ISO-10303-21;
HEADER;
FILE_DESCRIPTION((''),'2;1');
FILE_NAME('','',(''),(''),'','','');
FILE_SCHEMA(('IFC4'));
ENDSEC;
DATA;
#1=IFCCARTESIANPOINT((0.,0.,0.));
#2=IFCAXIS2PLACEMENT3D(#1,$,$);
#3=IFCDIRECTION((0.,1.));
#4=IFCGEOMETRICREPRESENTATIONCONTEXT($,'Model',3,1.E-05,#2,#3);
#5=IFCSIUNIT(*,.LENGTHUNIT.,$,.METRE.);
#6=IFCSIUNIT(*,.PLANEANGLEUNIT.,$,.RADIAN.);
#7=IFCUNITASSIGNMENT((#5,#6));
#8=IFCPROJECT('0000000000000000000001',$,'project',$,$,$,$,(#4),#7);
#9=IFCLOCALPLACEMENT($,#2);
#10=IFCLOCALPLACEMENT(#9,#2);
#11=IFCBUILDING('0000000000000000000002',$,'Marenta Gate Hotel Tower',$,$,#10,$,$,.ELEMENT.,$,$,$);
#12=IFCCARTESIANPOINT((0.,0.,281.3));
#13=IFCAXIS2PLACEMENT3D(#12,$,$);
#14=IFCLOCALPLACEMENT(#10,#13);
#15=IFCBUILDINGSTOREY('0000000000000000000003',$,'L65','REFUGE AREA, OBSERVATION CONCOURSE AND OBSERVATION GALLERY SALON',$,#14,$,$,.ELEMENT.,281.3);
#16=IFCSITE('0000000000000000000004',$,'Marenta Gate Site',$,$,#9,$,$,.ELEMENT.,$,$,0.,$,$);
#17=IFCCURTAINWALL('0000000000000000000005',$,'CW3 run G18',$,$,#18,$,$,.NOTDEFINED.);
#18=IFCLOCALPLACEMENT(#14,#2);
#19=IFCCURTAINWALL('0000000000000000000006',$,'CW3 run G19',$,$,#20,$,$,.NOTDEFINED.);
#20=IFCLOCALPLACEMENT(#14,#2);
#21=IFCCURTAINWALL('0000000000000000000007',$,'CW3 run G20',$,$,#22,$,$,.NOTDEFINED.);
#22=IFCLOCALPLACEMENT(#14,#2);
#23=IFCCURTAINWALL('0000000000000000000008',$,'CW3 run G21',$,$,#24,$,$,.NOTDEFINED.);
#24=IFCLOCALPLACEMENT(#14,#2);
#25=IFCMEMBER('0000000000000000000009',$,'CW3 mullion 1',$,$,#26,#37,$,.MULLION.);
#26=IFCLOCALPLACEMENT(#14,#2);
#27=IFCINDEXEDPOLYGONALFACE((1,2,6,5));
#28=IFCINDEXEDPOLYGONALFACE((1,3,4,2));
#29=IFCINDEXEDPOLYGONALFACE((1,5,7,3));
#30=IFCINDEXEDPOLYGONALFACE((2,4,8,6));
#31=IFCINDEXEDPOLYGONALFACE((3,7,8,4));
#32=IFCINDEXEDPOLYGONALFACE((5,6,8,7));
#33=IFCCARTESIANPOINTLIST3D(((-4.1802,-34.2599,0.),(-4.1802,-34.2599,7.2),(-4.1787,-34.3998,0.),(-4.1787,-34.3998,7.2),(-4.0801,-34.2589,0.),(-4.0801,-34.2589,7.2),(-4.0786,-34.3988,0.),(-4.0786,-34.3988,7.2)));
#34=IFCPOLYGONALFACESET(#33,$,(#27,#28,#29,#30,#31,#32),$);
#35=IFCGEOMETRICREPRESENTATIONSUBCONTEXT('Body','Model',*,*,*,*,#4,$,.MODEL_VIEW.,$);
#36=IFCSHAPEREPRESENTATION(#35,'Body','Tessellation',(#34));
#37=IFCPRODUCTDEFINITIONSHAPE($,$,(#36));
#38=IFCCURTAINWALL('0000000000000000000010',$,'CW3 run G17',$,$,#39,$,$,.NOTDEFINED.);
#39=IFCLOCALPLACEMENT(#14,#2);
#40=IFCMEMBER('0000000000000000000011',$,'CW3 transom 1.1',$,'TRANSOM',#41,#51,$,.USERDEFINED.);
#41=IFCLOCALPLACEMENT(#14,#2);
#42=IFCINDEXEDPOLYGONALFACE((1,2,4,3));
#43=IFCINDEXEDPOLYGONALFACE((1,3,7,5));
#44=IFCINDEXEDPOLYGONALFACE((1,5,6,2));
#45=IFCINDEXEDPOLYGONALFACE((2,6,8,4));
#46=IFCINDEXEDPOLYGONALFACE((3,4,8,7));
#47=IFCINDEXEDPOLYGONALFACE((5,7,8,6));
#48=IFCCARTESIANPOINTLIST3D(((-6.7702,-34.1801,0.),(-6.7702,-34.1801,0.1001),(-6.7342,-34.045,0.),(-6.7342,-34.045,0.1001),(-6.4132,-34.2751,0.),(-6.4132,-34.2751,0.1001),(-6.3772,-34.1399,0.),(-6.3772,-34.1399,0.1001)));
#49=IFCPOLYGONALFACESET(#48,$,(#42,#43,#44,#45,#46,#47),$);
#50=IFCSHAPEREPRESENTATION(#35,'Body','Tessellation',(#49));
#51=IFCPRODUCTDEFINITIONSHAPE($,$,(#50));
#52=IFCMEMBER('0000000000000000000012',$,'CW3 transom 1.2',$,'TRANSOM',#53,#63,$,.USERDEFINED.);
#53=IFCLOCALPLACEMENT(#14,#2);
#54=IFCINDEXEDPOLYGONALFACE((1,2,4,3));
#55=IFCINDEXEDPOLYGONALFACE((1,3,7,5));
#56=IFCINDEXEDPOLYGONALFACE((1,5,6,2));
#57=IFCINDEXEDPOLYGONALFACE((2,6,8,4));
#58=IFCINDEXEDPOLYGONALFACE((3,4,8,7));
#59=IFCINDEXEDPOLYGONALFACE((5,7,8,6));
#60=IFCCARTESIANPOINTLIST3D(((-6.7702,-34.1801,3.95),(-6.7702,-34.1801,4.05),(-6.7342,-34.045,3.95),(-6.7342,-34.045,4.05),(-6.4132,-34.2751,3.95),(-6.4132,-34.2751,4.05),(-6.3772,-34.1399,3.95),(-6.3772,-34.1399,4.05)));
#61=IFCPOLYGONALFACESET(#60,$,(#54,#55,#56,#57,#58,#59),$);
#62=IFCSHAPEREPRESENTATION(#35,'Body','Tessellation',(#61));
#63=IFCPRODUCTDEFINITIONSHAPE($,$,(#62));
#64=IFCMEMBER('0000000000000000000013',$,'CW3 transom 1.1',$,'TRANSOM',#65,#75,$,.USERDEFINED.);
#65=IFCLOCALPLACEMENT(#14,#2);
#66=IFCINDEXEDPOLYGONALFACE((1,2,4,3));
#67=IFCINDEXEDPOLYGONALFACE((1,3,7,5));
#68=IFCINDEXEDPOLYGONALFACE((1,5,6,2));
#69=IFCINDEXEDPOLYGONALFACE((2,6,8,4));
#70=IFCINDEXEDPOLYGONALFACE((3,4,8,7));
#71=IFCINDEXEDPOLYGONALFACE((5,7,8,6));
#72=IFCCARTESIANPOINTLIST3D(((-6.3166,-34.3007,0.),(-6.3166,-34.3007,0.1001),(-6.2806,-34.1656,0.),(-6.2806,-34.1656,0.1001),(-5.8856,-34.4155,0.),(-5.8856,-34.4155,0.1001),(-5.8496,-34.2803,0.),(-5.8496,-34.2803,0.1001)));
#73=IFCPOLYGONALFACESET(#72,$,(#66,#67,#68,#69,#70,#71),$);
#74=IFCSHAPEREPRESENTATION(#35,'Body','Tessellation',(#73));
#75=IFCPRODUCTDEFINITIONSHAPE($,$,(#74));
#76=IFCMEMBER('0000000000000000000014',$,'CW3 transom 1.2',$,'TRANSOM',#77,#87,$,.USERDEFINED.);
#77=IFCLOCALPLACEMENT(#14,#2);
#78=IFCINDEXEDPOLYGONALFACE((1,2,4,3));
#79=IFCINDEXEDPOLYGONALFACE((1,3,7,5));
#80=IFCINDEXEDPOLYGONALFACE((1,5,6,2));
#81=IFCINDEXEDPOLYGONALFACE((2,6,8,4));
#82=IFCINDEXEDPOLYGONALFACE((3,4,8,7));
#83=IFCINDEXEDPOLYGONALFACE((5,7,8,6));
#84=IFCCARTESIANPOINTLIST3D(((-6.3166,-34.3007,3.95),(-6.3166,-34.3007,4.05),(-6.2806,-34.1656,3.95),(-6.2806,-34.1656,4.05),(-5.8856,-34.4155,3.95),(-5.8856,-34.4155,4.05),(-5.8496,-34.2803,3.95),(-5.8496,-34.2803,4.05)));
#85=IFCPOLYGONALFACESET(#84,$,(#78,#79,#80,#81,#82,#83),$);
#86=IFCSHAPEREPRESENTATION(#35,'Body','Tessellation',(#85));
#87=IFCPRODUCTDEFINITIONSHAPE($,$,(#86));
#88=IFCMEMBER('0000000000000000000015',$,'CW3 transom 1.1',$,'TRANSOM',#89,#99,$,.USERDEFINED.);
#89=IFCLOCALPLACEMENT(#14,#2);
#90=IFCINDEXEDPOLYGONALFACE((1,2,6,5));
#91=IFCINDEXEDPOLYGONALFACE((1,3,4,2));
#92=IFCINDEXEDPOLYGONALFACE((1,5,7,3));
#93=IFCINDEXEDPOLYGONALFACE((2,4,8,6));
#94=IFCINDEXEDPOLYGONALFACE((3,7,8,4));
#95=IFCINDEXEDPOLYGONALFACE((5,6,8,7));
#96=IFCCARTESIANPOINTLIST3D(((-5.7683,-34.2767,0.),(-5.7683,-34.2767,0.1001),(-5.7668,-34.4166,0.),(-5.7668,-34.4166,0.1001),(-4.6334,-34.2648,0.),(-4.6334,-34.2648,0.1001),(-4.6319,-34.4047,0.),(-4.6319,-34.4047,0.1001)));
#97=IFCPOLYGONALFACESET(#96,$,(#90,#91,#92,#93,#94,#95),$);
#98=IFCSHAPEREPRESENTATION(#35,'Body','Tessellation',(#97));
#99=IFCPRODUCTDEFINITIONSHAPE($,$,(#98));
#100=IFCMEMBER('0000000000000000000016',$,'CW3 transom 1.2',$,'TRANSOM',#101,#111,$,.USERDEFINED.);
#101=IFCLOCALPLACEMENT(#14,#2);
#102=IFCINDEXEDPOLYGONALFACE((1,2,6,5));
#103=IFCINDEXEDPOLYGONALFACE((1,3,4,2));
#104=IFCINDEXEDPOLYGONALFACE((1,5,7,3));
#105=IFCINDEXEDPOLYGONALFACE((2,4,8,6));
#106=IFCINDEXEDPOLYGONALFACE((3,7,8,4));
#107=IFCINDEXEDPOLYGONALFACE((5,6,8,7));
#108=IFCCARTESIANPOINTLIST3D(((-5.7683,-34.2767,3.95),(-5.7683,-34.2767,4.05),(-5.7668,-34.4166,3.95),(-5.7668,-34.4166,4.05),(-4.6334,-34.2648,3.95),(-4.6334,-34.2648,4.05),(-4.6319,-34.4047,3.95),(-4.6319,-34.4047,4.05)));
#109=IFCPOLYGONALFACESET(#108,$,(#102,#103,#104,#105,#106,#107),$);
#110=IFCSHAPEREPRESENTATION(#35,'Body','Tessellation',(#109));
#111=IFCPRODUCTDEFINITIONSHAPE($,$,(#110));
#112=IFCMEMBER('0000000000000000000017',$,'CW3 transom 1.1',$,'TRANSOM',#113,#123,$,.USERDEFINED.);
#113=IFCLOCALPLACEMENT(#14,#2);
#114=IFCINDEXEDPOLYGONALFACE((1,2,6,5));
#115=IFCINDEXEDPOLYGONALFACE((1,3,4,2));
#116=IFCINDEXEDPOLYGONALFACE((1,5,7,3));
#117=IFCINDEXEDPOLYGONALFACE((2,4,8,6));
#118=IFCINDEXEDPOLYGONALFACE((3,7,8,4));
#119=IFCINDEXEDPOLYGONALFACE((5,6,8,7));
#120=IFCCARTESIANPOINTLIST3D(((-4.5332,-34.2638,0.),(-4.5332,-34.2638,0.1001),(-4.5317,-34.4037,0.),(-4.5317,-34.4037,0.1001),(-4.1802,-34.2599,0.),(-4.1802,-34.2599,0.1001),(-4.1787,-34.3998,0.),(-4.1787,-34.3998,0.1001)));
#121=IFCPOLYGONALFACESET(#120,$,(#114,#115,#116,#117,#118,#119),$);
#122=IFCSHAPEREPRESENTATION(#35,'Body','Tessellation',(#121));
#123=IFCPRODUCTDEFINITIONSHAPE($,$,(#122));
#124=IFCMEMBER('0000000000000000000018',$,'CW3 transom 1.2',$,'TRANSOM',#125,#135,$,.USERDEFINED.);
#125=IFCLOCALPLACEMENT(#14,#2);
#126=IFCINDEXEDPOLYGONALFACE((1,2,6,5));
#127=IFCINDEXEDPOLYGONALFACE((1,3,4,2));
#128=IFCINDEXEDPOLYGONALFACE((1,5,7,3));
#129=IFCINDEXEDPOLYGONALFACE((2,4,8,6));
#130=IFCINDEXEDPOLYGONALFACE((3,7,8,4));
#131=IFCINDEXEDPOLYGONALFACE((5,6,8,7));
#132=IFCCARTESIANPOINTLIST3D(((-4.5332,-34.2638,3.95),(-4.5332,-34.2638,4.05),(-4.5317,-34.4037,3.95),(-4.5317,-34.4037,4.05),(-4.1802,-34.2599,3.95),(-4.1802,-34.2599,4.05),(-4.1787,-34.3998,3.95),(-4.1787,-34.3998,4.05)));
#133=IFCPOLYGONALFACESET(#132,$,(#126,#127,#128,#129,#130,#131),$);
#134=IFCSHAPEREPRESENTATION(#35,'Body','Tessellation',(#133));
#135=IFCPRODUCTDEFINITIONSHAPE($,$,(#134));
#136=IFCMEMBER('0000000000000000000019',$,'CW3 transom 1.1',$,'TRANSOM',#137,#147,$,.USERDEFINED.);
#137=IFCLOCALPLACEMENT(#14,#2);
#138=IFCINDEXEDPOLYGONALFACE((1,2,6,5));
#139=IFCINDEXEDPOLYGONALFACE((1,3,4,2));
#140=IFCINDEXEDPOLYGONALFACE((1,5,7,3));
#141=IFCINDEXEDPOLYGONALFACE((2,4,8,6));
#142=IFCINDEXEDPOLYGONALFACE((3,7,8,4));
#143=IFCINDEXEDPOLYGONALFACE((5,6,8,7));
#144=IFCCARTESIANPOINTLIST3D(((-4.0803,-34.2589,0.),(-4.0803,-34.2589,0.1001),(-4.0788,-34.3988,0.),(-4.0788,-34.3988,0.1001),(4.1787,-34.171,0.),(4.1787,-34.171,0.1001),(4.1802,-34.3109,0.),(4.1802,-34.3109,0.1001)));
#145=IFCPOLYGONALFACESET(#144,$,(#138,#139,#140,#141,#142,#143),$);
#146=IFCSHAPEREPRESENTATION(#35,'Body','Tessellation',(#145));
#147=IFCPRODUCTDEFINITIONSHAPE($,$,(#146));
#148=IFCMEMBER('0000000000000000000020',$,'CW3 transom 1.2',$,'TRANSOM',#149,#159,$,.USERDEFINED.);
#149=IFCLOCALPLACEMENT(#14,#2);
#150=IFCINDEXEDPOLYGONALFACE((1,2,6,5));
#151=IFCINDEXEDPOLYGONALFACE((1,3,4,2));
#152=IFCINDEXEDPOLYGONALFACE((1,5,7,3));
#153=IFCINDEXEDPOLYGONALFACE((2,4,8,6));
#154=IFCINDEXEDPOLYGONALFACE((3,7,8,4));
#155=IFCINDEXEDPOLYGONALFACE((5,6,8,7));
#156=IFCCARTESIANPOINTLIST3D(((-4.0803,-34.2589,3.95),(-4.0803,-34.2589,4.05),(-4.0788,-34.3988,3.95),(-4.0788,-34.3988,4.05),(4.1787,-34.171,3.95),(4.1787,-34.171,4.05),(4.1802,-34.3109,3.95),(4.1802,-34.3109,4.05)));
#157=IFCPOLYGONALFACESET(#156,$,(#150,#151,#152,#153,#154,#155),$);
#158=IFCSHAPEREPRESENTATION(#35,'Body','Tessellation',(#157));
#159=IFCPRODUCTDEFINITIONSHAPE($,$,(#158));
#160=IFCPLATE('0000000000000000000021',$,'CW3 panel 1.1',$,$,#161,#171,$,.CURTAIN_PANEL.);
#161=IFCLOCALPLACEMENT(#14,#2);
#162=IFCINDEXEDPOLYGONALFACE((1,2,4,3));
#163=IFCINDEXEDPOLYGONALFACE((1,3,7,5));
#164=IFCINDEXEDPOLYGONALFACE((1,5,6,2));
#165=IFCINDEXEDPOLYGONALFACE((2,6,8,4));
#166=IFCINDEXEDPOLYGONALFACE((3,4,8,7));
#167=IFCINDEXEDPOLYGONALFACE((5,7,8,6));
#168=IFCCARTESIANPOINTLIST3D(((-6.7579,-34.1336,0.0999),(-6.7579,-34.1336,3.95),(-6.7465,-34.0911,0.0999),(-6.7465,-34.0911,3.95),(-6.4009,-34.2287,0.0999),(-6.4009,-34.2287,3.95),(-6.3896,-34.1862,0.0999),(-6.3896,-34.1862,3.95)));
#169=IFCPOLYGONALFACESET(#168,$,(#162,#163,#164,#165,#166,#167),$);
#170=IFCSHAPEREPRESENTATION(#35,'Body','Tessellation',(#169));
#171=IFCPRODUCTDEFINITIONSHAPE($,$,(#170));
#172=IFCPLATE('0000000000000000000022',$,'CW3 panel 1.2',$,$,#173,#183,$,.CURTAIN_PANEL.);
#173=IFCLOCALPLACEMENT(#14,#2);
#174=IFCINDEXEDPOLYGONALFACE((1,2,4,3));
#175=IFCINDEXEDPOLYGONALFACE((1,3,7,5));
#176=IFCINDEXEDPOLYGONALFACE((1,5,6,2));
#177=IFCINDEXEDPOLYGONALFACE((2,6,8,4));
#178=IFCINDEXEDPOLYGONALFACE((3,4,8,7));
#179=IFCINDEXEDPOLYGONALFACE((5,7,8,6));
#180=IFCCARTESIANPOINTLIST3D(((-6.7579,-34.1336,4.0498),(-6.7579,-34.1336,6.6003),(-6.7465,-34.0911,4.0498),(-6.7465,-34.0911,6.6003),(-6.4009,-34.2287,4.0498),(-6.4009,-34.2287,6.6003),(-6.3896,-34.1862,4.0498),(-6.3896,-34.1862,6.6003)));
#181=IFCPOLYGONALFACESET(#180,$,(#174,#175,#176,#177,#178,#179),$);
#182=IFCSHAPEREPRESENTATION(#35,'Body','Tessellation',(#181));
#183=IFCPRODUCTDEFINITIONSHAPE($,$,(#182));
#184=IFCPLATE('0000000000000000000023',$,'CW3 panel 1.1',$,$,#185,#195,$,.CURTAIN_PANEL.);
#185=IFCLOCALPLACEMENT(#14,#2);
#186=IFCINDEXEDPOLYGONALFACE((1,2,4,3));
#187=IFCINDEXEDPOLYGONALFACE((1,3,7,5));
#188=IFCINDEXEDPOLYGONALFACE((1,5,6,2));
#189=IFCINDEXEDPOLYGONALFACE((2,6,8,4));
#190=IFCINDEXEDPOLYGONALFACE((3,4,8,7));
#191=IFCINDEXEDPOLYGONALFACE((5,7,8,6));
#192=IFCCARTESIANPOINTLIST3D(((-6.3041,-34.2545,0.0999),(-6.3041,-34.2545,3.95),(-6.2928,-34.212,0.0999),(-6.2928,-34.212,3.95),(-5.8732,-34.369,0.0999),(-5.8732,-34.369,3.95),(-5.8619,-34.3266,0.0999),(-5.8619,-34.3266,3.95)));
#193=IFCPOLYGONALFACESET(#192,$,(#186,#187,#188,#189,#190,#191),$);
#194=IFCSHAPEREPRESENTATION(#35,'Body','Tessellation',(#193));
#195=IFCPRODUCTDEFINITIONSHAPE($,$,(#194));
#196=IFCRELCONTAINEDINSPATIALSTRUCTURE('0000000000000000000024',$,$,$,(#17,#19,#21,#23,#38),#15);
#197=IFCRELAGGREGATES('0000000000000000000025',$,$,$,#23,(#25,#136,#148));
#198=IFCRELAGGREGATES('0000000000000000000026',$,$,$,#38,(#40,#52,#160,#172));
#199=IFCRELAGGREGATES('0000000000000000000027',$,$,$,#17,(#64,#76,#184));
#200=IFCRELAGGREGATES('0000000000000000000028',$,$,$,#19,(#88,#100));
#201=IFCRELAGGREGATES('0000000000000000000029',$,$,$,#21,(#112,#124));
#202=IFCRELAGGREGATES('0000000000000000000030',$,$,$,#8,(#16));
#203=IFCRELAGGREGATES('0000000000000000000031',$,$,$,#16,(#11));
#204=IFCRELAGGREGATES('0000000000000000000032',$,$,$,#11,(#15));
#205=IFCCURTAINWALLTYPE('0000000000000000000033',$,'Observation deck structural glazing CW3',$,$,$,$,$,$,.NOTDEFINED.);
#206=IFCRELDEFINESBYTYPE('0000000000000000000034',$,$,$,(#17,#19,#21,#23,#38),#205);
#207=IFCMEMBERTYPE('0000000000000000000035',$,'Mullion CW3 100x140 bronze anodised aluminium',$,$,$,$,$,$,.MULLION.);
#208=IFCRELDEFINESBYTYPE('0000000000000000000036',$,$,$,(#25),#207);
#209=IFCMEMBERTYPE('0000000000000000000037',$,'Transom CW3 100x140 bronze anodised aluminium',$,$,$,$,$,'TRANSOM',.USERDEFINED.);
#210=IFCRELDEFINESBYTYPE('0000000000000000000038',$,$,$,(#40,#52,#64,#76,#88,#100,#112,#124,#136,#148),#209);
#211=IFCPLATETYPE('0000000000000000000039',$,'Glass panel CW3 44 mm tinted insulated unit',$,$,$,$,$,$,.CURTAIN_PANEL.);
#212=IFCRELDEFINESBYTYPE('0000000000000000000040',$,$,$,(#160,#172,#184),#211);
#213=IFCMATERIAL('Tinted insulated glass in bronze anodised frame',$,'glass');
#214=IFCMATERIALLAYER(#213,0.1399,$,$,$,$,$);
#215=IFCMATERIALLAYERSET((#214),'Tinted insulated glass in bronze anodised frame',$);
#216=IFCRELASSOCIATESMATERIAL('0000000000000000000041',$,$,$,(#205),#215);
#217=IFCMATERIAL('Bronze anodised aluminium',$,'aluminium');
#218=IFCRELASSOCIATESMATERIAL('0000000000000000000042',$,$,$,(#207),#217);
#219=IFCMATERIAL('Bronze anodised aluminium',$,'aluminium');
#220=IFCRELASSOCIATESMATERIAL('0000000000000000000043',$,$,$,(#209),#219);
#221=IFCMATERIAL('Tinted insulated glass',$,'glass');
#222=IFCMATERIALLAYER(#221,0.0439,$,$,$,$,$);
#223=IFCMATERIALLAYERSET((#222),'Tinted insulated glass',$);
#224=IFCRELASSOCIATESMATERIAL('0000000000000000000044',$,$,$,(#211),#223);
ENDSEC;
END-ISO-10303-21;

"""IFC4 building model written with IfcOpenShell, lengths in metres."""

from ifc_helpers import new_model, si_unit, direction, frame, origin, origin_2d, place, context, subcontext, project, spatial, rectangle, extrude, material, layer, layer_set, material_profile, profile_set, type_object, element, aggregate, save


model = new_model("IFC4")

# Units and contexts
model_context = context("Model", 3, precision=1e-05, world=origin(), true_north=direction((0.0, 1.0)))
body_context = subcontext(model_context, "Body", "Model", "MODEL_VIEW")
ifc_project = project(units=[si_unit("LENGTHUNIT", "METRE"), si_unit("PLANEANGLEUNIT", "RADIAN")], contexts=[model_context])

# Site, building, storey
site_placement = place(None, origin())
site = spatial("IfcSite", under=ifc_project, at=site_placement, Name="Marenta Gate Site", CompositionType="ELEMENT", RefElevation=0.0)
building_placement = place(site_placement, origin())
building = spatial("IfcBuilding", under=site, at=building_placement, Name="Marenta Gate Hotel Tower", CompositionType="ELEMENT")
storey_placement = place(building_placement, frame((0.0, 0.0, 281.3)))
storey = spatial("IfcBuildingStorey", under=building, at=storey_placement, Name="L65", Description="REFUGE AREA, OBSERVATION CONCOURSE AND OBSERVATION GALLERY SALON", CompositionType="ELEMENT", Elevation=281.3)

# Curtain walls, member
ifc_material_1 = material(Name="Tinted insulated glass in bronze anodised frame", Category="glass")
ifc_layer_1 = layer(ifc_material_1, 0.1399)
ifc_layer_set_1 = layer_set([ifc_layer_1], Name="Tinted insulated glass in bronze anodised frame")
curtain_wall_type = type_object("IfcCurtainWallType", Name="Observation deck structural glazing CW3", PredefinedType="NOTDEFINED", material=ifc_layer_set_1)
curtain_wall_1_placement = place(storey_placement, origin())
curtain_wall_1 = element("IfcCurtainWall", 1, at=curtain_wall_1_placement, inside=storey, type_object=curtain_wall_type, Name="CW3 run G18", PredefinedType="NOTDEFINED")
ifc_material_2 = material(Name="Bronze anodised aluminium", Category="aluminium")
ifc_material_profile_1 = material_profile(ifc_material_2, rectangle(XDim=0.1399, YDim=0.1001, at=origin_2d()), Name="Mullion CW3 100x140 bronze anodised aluminium")
ifc_profile_set_1 = profile_set([ifc_material_profile_1], Name="Bronze anodised aluminium")
member_type_1 = type_object("IfcMemberType", Name="Mullion CW3 100x140 bronze anodised aluminium", PredefinedType="MULLION", material=ifc_profile_set_1)
curtain_wall_2_placement = place(storey_placement, origin())
curtain_wall_2 = element("IfcCurtainWall", 2, at=curtain_wall_2_placement, inside=storey, type_object=curtain_wall_type, Name="CW3 run G19", PredefinedType="NOTDEFINED")
curtain_wall_3_placement = place(storey_placement, origin())
curtain_wall_3 = element("IfcCurtainWall", 3, at=curtain_wall_3_placement, inside=storey, type_object=curtain_wall_type, Name="CW3 run G20", PredefinedType="NOTDEFINED")
curtain_wall_4_placement = place(storey_placement, origin())
curtain_wall_4 = element("IfcCurtainWall", 4, at=curtain_wall_4_placement, inside=storey, type_object=curtain_wall_type, Name="CW3 run G21", PredefinedType="NOTDEFINED")
member_1_placement = place(storey_placement, frame((-4.1294, -34.3293, 0.0), z_axis=(0.0, 0.0, 1.0), x_axis=(-0.010635, 0.999943, 0.0)))
member_1 = element("IfcMember", 5, at=member_1_placement, type_object=member_type_1, Name="CW3 mullion 1", PredefinedType="MULLION", context=body_context, shape_type="SweptSolid", body=[
    extrude(rectangle(XDim=0.1399, YDim=0.1001, at=origin_2d()), origin(), (0.0, 0.0, 1.0), 7.2),
])

# Curtain wall, members
curtain_wall_5_placement = place(storey_placement, origin())
curtain_wall_5 = element("IfcCurtainWall", 6, at=curtain_wall_5_placement, inside=storey, type_object=curtain_wall_type, Name="CW3 run G17", PredefinedType="NOTDEFINED")
ifc_material_3 = material(Name="Bronze anodised aluminium", Category="aluminium")
ifc_material_profile_2 = material_profile(ifc_material_3, rectangle(XDim=0.1399, YDim=0.1001, at=origin_2d()), Name="Transom CW3 100x140 bronze anodised aluminium")
ifc_profile_set_2 = profile_set([ifc_material_profile_2], Name="Bronze anodised aluminium")
member_type_2 = type_object("IfcMemberType", Name="Transom CW3 100x140 bronze anodised aluminium", ElementType="TRANSOM", PredefinedType="USERDEFINED", material=ifc_profile_set_2)
member_2_placement = place(storey_placement, frame((-6.7522, -34.1125, 0.05), z_axis=(0.966377, -0.257128, 0.0), x_axis=(0.257128, 0.966377, 0.0)))
member_2 = element("IfcMember", 7, at=member_2_placement, type_object=member_type_2, Name="CW3 transom 1.1", ObjectType="TRANSOM", PredefinedType="USERDEFINED", context=body_context, shape_type="SweptSolid", body=[
    extrude(rectangle(XDim=0.1399, YDim=0.1001, at=origin_2d()), origin(), (0.0, 0.0, 1.0), 0.3694),
])
member_3_placement = place(storey_placement, frame((-6.7522, -34.1125, 4.0), z_axis=(0.966377, -0.257128, 0.0), x_axis=(0.257128, 0.966377, 0.0)))
member_3 = element("IfcMember", 8, at=member_3_placement, type_object=member_type_2, Name="CW3 transom 1.2", ObjectType="TRANSOM", PredefinedType="USERDEFINED", context=body_context, shape_type="SweptSolid", body=[
    extrude(rectangle(XDim=0.1399, YDim=0.1001, at=origin_2d()), origin(), (0.0, 0.0, 1.0), 0.3694),
])

# Members
member_4_placement = place(storey_placement, frame((-6.2986, -34.2332, 0.05), z_axis=(0.966326, -0.257322, 0.0), x_axis=(0.257322, 0.966326, 0.0)))
member_4 = element("IfcMember", 9, at=member_4_placement, type_object=member_type_2, Name="CW3 transom 1.1", ObjectType="TRANSOM", PredefinedType="USERDEFINED", context=body_context, shape_type="SweptSolid", body=[
    extrude(rectangle(XDim=0.1399, YDim=0.1001, at=origin_2d()), origin(), (0.0, 0.0, 1.0), 0.446),
])
member_5_placement = place(storey_placement, frame((-6.2986, -34.2332, 4.0), z_axis=(0.966326, -0.257322, 0.0), x_axis=(0.257322, 0.966326, 0.0)))
member_5 = element("IfcMember", 10, at=member_5_placement, type_object=member_type_2, Name="CW3 transom 1.2", ObjectType="TRANSOM", PredefinedType="USERDEFINED", context=body_context, shape_type="SweptSolid", body=[
    extrude(rectangle(XDim=0.1399, YDim=0.1001, at=origin_2d()), origin(), (0.0, 0.0, 1.0), 0.446),
])
member_6_placement = place(storey_placement, frame((-5.7676, -34.3467, 0.05), z_axis=(0.999944, 0.010539, 0.0), x_axis=(-0.010539, 0.999944, 0.0)))
member_6 = element("IfcMember", 11, at=member_6_placement, type_object=member_type_2, Name="CW3 transom 1.1", ObjectType="TRANSOM", PredefinedType="USERDEFINED", context=body_context, shape_type="SweptSolid", body=[
    extrude(rectangle(XDim=0.1399, YDim=0.1001, at=origin_2d()), origin(), (0.0, 0.0, 1.0), 1.135),
])
member_7_placement = place(storey_placement, frame((-5.7676, -34.3467, 4.0), z_axis=(0.999944, 0.010539, 0.0), x_axis=(-0.010539, 0.999944, 0.0)))
member_7 = element("IfcMember", 12, at=member_7_placement, type_object=member_type_2, Name="CW3 transom 1.2", ObjectType="TRANSOM", PredefinedType="USERDEFINED", context=body_context, shape_type="SweptSolid", body=[
    extrude(rectangle(XDim=0.1399, YDim=0.1001, at=origin_2d()), origin(), (0.0, 0.0, 1.0), 1.135),
])
member_8_placement = place(storey_placement, frame((-4.5325, -34.3337, 0.05), z_axis=(0.999939, 0.011064, 0.0), x_axis=(-0.011064, 0.999939, 0.0)))
member_8 = element("IfcMember", 13, at=member_8_placement, type_object=member_type_2, Name="CW3 transom 1.1", ObjectType="TRANSOM", PredefinedType="USERDEFINED", context=body_context, shape_type="SweptSolid", body=[
    extrude(rectangle(XDim=0.1399, YDim=0.1001, at=origin_2d()), origin(), (0.0, 0.0, 1.0), 0.353),
])
member_9_placement = place(storey_placement, frame((-4.5325, -34.3337, 4.0), z_axis=(0.999939, 0.011064, 0.0), x_axis=(-0.011064, 0.999939, 0.0)))
member_9 = element("IfcMember", 14, at=member_9_placement, type_object=member_type_2, Name="CW3 transom 1.2", ObjectType="TRANSOM", PredefinedType="USERDEFINED", context=body_context, shape_type="SweptSolid", body=[
    extrude(rectangle(XDim=0.1399, YDim=0.1001, at=origin_2d()), origin(), (0.0, 0.0, 1.0), 0.353),
])
member_10_placement = place(storey_placement, frame((-4.0796, -34.3289, 0.05), z_axis=(0.999943, 0.010641, 0.0), x_axis=(-0.010641, 0.999943, 0.0)))
member_10 = element("IfcMember", 15, at=member_10_placement, type_object=member_type_2, Name="CW3 transom 1.1", ObjectType="TRANSOM", PredefinedType="USERDEFINED", context=body_context, shape_type="SweptSolid", body=[
    extrude(rectangle(XDim=0.1399, YDim=0.1001, at=origin_2d()), origin(), (0.0, 0.0, 1.0), 8.2595),
])
member_11_placement = place(storey_placement, frame((-4.0796, -34.3289, 4.0), z_axis=(0.999943, 0.010641, 0.0), x_axis=(-0.010641, 0.999943, 0.0)))
member_11 = element("IfcMember", 16, at=member_11_placement, type_object=member_type_2, Name="CW3 transom 1.2", ObjectType="TRANSOM", PredefinedType="USERDEFINED", context=body_context, shape_type="SweptSolid", body=[
    extrude(rectangle(XDim=0.1399, YDim=0.1001, at=origin_2d()), origin(), (0.0, 0.0, 1.0), 8.2595),
])
aggregate(curtain_wall_4, [member_1, member_10, member_11])

# Plates
ifc_material_4 = material(Name="Tinted insulated glass", Category="glass")
ifc_layer_2 = layer(ifc_material_4, 0.0439)
ifc_layer_set_2 = layer_set([ifc_layer_2], Name="Tinted insulated glass")
plate_type = type_object("IfcPlateType", Name="Glass panel CW3 44 mm tinted insulated unit", PredefinedType="CURTAIN_PANEL", material=ifc_layer_set_2)
plate_1_placement = place(storey_placement, frame((-6.5737, -34.1599, 0.0999), z_axis=(0.0, 0.0, 1.0), x_axis=(0.96632, -0.257344, 0.0)))
plate_1 = element("IfcPlate", 17, at=plate_1_placement, type_object=plate_type, Name="CW3 panel 1.1", PredefinedType="CURTAIN_PANEL", context=body_context, shape_type="SweptSolid", body=[
    extrude(rectangle(XDim=0.3694, YDim=0.0439, at=origin_2d()), origin(), (0.0, 0.0, 1.0), 3.8501),
])
plate_2_placement = place(storey_placement, frame((-6.5737, -34.1599, 4.0498), z_axis=(0.0, 0.0, 1.0), x_axis=(0.96632, -0.257344, 0.0)))
plate_2 = element("IfcPlate", 18, at=plate_2_placement, type_object=plate_type, Name="CW3 panel 1.2", PredefinedType="CURTAIN_PANEL", context=body_context, shape_type="SweptSolid", body=[
    extrude(rectangle(XDim=0.3694, YDim=0.0439, at=origin_2d()), origin(), (0.0, 0.0, 1.0), 2.5505),
])
aggregate(curtain_wall_5, [member_2, member_3, plate_1, plate_2])
plate_3_placement = place(storey_placement, frame((-6.083, -34.2905, 0.0999), z_axis=(0.0, 0.0, 1.0), x_axis=(0.966414, -0.25699, 0.0)))
plate_3 = element("IfcPlate", 19, at=plate_3_placement, type_object=plate_type, Name="CW3 panel 1.1", PredefinedType="CURTAIN_PANEL", context=body_context, shape_type="SweptSolid", body=[
    extrude(rectangle(XDim=0.4458, YDim=0.0439, at=origin_2d()), origin(), (0.0, 0.0, 1.0), 3.8501),
])
aggregate(curtain_wall_1, [member_4, member_5, plate_3])
aggregate(curtain_wall_2, [member_6, member_7])
aggregate(curtain_wall_3, [member_8, member_9])

save(model, "model.ifc")
